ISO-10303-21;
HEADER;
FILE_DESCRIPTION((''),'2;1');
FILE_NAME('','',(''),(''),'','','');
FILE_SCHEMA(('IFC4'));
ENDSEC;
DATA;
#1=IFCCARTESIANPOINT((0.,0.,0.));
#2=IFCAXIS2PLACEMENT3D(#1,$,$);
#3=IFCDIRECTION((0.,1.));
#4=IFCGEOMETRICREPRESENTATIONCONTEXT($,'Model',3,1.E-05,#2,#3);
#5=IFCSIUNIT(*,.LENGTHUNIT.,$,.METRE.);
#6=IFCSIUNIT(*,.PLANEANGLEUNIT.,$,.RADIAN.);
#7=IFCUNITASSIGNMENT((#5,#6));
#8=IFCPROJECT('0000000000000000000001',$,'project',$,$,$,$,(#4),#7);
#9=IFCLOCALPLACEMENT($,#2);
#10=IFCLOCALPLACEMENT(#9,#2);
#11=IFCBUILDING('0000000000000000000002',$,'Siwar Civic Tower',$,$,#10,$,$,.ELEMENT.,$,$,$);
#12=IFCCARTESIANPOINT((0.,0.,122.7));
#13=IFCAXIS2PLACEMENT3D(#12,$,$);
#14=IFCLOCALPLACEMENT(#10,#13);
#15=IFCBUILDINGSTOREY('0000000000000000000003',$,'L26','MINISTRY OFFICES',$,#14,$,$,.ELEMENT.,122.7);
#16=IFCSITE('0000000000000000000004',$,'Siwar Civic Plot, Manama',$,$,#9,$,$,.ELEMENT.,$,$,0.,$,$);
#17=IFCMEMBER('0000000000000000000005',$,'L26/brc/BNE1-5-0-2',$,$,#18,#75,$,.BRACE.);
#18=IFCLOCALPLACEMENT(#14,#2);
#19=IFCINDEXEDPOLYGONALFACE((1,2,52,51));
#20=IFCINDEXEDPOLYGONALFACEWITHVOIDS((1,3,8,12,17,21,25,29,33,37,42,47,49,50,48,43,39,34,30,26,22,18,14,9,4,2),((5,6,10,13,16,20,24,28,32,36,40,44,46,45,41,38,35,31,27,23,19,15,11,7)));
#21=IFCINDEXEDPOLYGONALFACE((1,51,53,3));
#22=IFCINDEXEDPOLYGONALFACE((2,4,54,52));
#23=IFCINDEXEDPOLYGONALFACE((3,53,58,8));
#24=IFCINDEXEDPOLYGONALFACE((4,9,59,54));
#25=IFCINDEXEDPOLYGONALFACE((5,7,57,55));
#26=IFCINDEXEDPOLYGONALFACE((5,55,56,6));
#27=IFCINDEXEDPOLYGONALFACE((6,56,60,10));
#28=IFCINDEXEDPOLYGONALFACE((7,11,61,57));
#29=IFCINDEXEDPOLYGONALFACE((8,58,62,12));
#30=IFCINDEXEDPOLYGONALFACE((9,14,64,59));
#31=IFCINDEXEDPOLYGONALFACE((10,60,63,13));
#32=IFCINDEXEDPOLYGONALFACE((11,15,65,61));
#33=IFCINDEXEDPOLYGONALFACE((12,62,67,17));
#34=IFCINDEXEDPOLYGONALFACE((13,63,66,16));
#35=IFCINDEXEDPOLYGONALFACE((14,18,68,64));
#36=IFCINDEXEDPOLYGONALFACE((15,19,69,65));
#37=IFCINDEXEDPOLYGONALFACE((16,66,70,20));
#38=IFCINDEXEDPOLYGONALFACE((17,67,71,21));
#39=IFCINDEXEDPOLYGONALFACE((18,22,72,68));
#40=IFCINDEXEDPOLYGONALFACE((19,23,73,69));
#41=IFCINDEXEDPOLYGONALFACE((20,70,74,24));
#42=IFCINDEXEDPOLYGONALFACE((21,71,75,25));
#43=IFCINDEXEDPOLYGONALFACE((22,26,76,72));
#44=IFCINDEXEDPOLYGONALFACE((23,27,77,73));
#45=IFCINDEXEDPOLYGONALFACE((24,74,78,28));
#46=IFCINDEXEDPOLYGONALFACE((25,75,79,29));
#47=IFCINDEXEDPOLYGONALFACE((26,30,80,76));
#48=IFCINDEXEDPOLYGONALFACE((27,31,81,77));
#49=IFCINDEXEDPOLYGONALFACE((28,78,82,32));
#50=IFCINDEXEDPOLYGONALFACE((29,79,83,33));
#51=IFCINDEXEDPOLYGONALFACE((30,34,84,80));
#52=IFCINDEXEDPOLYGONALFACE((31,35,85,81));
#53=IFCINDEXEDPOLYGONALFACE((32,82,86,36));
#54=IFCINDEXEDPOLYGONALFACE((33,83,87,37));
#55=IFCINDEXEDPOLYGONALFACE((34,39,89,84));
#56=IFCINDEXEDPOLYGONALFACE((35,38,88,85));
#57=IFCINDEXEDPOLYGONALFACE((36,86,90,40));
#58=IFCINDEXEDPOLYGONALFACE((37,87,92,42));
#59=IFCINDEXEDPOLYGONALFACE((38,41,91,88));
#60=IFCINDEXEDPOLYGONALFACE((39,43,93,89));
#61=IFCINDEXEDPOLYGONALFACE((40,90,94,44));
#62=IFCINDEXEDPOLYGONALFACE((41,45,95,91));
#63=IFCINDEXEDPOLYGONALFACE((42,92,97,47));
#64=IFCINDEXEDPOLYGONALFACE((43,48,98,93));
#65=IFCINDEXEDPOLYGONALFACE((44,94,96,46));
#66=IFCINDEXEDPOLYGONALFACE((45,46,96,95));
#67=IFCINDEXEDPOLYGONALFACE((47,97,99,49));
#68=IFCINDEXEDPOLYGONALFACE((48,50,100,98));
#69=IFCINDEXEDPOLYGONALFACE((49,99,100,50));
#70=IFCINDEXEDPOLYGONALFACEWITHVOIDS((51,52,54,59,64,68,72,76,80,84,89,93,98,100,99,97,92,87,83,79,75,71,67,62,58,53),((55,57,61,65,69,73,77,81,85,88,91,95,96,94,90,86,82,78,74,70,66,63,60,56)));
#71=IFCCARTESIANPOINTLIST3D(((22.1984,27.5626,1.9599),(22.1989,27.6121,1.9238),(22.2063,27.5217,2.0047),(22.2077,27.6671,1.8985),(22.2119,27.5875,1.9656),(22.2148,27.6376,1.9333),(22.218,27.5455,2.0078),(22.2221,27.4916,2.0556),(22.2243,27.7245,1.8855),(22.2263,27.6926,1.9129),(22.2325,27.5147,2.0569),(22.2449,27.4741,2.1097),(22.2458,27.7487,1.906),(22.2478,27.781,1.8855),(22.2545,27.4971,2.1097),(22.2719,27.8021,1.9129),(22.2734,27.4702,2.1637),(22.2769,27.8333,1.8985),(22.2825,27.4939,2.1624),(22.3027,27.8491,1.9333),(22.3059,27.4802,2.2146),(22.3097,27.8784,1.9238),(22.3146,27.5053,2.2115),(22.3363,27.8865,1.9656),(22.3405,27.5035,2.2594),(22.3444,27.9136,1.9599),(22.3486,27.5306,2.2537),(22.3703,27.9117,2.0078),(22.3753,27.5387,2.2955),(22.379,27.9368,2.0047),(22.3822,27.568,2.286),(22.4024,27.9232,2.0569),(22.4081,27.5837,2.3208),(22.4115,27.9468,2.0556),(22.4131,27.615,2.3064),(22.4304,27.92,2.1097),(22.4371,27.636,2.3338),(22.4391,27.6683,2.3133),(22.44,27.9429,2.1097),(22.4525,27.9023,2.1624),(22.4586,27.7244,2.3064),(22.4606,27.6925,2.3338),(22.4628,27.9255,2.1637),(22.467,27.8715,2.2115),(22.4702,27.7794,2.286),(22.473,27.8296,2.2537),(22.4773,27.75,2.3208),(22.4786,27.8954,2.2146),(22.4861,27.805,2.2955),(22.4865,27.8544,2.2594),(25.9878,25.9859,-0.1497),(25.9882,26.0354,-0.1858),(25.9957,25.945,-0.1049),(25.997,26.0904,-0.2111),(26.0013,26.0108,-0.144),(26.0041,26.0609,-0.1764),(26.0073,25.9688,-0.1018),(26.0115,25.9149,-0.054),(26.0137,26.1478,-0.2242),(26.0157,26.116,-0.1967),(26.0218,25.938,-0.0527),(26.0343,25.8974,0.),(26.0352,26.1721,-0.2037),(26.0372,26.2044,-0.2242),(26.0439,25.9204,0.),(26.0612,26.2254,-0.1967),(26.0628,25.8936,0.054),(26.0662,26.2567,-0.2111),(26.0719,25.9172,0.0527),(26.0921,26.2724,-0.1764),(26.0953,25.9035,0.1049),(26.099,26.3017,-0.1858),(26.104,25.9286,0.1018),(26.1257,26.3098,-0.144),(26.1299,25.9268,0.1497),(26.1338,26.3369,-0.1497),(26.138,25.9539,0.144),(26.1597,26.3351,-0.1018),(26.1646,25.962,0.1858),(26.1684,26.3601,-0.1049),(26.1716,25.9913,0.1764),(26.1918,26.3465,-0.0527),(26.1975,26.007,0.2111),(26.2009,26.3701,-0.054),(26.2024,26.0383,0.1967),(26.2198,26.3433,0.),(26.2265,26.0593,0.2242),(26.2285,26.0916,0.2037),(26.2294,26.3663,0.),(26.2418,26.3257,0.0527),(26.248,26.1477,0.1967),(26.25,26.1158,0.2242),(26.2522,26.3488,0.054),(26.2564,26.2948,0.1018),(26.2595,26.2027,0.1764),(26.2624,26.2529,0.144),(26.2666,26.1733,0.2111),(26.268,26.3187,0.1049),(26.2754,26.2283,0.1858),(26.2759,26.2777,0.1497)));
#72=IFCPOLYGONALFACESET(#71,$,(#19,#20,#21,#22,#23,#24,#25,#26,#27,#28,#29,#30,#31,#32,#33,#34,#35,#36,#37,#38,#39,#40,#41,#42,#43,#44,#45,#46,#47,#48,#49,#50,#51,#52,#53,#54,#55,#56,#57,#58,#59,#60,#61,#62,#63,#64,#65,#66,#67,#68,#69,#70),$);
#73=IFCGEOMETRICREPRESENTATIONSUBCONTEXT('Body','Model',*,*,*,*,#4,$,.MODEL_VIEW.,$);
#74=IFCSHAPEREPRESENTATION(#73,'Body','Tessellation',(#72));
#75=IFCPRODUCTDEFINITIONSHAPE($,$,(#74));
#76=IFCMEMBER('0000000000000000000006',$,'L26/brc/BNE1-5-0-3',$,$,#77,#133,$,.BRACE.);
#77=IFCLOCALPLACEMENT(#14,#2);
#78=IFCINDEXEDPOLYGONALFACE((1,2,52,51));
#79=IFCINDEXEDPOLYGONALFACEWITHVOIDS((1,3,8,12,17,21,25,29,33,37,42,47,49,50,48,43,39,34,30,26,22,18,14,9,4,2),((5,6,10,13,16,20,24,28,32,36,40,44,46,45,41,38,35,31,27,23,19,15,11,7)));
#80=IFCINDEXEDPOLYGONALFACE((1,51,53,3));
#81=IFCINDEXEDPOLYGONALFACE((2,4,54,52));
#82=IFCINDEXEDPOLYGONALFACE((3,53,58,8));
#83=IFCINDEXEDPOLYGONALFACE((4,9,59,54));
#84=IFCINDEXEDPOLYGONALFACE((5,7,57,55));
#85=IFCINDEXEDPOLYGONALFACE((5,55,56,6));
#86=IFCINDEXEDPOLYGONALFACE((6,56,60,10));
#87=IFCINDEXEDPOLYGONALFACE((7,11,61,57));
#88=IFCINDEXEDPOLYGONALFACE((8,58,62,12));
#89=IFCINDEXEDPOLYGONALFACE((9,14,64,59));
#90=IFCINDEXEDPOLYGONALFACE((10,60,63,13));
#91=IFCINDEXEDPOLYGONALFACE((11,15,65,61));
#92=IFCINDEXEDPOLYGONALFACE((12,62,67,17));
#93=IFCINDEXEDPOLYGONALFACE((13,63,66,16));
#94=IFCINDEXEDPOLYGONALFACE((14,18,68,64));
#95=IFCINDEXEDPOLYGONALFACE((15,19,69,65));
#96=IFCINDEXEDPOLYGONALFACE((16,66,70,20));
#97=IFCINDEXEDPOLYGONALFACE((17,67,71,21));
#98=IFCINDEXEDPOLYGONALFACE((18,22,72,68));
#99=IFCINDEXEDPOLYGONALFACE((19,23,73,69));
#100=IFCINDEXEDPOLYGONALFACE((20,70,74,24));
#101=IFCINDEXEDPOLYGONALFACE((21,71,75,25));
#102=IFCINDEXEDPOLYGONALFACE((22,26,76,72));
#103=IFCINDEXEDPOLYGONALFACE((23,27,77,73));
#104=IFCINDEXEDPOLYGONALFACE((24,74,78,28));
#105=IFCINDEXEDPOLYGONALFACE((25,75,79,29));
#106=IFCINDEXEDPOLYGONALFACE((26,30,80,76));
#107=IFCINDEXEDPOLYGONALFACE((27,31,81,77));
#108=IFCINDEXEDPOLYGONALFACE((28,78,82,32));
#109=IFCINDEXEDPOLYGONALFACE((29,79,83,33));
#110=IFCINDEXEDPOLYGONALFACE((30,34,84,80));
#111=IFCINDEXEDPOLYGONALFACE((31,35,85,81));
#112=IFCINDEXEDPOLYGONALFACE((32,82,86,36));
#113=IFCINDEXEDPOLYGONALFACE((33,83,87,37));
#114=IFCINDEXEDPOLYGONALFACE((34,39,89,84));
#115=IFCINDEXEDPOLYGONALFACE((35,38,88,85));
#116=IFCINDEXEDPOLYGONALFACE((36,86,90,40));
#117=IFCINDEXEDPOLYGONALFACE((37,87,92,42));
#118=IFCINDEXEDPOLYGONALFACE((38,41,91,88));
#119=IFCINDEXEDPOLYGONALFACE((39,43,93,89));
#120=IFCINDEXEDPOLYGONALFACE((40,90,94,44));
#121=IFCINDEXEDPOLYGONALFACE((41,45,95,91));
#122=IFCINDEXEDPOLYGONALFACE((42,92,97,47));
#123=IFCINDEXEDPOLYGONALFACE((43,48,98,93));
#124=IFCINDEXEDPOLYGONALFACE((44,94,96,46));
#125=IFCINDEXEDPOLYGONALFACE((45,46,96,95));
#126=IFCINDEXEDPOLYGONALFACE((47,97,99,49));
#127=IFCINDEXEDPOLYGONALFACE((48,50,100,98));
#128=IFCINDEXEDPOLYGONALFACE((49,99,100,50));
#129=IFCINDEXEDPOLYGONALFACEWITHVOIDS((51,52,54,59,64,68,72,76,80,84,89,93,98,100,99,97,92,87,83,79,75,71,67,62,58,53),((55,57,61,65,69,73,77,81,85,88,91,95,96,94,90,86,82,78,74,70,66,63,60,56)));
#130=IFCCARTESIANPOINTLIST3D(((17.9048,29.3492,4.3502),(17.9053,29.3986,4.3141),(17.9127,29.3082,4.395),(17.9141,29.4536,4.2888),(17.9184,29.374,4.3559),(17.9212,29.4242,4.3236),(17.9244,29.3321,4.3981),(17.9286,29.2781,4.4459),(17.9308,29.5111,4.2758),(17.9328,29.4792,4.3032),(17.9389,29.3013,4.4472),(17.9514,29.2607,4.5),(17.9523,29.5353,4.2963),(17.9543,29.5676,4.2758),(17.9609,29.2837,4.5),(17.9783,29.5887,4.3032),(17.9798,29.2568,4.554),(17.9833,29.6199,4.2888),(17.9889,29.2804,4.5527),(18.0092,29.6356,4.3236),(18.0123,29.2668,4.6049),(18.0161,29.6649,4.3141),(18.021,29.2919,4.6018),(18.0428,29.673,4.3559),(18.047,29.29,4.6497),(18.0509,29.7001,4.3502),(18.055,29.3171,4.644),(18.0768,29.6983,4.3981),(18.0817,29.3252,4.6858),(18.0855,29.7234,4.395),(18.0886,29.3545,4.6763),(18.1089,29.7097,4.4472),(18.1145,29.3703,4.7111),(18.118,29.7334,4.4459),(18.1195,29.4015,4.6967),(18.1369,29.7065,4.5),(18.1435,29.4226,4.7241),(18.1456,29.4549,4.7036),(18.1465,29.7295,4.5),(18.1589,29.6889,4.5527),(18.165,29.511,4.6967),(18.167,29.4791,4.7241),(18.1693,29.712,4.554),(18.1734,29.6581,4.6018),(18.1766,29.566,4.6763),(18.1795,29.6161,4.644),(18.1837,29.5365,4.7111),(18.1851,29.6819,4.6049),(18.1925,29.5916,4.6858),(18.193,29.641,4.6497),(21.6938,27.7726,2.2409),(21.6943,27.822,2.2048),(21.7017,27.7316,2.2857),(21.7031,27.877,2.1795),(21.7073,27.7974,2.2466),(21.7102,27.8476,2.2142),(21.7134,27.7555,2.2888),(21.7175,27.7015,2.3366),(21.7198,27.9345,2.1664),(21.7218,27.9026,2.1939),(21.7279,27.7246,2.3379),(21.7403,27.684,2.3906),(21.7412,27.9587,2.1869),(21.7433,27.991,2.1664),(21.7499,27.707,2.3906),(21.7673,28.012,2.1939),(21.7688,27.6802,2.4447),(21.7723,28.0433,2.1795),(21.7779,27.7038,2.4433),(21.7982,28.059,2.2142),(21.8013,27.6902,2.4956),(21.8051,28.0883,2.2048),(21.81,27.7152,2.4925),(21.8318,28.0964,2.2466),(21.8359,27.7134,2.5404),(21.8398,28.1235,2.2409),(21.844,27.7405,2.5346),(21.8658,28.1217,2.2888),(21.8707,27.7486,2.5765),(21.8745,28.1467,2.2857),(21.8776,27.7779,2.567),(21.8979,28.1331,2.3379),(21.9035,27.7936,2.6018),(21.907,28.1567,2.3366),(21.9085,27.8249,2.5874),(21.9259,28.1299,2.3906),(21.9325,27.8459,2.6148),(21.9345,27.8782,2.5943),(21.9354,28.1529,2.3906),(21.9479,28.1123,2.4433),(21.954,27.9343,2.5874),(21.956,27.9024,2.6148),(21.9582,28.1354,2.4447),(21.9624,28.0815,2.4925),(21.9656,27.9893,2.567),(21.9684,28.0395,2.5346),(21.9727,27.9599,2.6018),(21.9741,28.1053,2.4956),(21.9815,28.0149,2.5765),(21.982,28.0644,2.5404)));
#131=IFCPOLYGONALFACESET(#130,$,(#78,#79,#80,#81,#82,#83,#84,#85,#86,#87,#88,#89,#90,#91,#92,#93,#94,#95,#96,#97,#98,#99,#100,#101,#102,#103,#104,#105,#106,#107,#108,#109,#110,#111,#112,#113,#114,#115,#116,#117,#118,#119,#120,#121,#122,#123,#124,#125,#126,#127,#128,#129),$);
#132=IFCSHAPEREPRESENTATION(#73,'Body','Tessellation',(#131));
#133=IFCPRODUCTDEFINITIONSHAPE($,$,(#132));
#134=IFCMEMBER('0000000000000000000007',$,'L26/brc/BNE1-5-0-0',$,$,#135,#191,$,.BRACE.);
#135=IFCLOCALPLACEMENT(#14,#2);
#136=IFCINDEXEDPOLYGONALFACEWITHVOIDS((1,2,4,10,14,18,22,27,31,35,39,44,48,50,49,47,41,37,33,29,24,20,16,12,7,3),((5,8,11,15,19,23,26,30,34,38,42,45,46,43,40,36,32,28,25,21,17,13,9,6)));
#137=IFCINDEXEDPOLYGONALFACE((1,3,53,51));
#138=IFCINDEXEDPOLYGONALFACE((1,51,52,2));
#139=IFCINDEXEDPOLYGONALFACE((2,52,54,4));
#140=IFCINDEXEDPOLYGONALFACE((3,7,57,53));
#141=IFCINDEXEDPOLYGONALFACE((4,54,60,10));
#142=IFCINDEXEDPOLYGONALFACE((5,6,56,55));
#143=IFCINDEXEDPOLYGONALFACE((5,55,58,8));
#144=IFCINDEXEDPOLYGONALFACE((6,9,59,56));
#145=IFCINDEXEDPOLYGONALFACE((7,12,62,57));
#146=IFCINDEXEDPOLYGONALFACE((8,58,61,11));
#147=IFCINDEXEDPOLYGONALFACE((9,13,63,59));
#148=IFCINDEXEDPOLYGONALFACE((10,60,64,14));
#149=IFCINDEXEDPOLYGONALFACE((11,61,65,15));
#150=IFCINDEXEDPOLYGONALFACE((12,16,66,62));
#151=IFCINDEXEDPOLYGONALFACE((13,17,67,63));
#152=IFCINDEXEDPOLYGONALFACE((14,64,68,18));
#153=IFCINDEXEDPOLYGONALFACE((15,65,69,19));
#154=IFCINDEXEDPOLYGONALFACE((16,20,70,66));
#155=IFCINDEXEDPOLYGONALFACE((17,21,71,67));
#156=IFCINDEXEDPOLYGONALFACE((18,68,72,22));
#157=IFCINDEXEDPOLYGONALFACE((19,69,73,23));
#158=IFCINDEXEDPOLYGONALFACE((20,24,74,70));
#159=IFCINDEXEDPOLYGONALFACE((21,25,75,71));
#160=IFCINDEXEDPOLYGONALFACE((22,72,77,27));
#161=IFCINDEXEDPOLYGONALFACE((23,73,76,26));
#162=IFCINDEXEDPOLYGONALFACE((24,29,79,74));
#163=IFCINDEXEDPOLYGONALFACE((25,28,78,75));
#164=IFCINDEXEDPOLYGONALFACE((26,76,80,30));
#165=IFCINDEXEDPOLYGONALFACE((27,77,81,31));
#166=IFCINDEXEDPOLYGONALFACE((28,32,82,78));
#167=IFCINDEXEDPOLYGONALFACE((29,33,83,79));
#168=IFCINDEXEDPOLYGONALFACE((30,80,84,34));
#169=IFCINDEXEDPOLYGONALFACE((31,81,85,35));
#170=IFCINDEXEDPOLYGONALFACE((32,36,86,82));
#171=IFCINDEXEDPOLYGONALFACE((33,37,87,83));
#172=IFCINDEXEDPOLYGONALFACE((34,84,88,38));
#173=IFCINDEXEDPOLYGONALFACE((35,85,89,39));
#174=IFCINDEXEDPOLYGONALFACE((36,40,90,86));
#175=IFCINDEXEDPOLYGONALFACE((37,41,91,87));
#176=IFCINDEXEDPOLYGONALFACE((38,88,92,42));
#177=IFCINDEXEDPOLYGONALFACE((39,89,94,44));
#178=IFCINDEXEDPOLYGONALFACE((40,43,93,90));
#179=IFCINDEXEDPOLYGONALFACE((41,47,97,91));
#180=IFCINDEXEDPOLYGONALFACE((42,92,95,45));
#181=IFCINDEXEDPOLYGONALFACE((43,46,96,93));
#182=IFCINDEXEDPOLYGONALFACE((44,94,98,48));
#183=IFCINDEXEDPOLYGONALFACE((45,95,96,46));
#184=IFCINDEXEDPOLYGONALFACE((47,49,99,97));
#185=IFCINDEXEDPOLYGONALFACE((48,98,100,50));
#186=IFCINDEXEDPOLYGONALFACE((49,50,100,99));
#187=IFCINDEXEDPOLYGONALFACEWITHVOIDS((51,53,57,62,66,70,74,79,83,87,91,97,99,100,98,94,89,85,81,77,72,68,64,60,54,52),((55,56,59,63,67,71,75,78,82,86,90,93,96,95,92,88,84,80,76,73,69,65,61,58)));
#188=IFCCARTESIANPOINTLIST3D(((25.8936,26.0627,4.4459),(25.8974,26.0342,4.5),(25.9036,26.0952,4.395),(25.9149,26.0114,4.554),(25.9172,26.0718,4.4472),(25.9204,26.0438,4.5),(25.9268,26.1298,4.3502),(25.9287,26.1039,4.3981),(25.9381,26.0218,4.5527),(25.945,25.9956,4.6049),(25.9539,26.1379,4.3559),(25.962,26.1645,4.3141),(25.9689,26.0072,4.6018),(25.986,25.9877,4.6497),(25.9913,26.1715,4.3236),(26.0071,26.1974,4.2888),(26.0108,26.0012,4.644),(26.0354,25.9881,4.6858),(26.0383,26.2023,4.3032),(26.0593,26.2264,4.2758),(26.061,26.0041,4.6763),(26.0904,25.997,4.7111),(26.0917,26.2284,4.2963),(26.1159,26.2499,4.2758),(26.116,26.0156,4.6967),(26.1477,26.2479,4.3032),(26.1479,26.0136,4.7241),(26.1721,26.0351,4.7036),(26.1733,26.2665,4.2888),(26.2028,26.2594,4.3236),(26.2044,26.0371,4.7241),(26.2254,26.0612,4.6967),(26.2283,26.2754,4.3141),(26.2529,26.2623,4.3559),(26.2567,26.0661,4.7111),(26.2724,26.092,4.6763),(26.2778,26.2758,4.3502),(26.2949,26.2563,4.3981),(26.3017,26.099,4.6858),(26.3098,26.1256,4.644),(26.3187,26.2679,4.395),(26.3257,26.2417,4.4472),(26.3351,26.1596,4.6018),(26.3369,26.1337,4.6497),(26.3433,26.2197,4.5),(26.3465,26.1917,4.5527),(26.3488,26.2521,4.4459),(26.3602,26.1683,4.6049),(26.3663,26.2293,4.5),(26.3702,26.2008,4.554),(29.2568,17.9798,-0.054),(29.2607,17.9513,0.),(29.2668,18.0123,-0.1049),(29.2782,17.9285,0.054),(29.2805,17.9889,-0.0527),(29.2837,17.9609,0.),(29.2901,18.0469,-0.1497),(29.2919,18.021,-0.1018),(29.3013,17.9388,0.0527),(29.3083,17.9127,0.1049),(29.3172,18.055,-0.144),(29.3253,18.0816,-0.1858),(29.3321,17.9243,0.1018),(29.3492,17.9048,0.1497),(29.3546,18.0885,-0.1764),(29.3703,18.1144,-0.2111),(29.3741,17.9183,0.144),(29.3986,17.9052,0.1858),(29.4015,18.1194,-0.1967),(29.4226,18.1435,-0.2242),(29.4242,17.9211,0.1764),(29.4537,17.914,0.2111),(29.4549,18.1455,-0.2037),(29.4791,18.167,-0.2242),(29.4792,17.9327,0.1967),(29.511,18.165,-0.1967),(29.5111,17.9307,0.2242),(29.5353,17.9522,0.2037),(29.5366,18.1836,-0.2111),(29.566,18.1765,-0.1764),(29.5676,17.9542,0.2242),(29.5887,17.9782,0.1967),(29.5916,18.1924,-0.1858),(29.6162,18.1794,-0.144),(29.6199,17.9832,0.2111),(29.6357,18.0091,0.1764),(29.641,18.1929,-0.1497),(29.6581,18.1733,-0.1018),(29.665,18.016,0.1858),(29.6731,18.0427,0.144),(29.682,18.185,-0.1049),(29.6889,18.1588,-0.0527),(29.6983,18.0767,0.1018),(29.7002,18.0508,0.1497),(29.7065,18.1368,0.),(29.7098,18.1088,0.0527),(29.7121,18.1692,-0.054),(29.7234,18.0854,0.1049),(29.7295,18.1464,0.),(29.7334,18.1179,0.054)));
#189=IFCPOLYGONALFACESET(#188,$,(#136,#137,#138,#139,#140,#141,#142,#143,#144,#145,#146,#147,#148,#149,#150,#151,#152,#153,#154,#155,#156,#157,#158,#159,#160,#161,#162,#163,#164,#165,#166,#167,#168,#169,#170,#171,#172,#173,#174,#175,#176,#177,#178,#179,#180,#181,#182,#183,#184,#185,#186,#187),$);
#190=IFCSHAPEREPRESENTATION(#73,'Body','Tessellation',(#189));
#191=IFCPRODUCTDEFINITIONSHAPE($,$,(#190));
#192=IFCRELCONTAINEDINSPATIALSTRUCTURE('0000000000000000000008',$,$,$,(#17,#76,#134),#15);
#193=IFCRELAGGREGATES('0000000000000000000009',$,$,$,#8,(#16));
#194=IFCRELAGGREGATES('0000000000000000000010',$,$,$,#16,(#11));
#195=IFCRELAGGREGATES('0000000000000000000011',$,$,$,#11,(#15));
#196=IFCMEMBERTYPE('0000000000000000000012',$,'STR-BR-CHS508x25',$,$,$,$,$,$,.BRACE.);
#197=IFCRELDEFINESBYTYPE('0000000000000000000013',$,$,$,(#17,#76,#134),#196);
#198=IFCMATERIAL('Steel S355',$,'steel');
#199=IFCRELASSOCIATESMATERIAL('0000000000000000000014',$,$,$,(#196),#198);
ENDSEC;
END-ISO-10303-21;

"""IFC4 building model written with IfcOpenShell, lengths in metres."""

from ifc_helpers import new_model, si_unit, direction, frame, origin, origin_2d, place, context, subcontext, project, spatial, hollow_circle, extrude, material, material_profile, profile_set, type_object, element, save


model = new_model("IFC4")

# Units and contexts
model_context = context("Model", 3, precision=1e-05, world=origin(), true_north=direction((0.0, 1.0)))
body_context = subcontext(model_context, "Body", "Model", "MODEL_VIEW")
ifc_project = project(units=[si_unit("LENGTHUNIT", "METRE"), si_unit("PLANEANGLEUNIT", "RADIAN")], contexts=[model_context])

# Site, building, storey
site_placement = place(None, origin())
site = spatial("IfcSite", under=ifc_project, at=site_placement, Name="Siwar Civic Plot, Manama", CompositionType="ELEMENT", RefElevation=0.0)
building_placement = place(site_placement, origin())
building = spatial("IfcBuilding", under=site, at=building_placement, Name="Siwar Civic Tower", CompositionType="ELEMENT")
storey_placement = place(building_placement, frame((0.0, 0.0, 122.7)))
storey = spatial("IfcBuildingStorey", under=building, at=storey_placement, Name="L26", Description="MINISTRY OFFICES", CompositionType="ELEMENT", Elevation=122.7)

# Members
ifc_material_1 = material(Name="Steel S355", Category="steel")
ifc_material_profile_1 = material_profile(ifc_material_1, hollow_circle(Radius=0.2539, WallThickness=0.0249, at=origin_2d()), Name="CHS508x25")
ifc_profile_set_1 = profile_set([ifc_material_profile_1], Name="Steel S355")
member_type_1 = type_object("IfcMemberType", Name="STR-BR-CHS508x25", PredefinedType="BRACE", material=ifc_profile_set_1)
member_1_placement = place(storey_placement, frame((26.1318, 26.1318, 0.0), z_axis=(-0.821143, 0.341662, 0.457155), x_axis=(-0.384155, -0.923269, 0.0)))
element("IfcMember", 1, at=member_1_placement, inside=storey, type_object=member_type_1, Name="L26/brc/BNE1-5-0-2", PredefinedType="BRACE", context=body_context, shape_type="SweptSolid", body=[
    extrude(hollow_circle(Radius=0.2539, WallThickness=0.0249, at=origin_2d()), origin(), (0.0, 0.0, 1.0), 4.6147),
])
member_2_placement = place(storey_placement, frame((21.8379, 27.9185, 2.3906), z_axis=(-0.821146, 0.341686, 0.457133), x_axis=(-0.384176, -0.92326, 0.0)))
element("IfcMember", 2, at=member_2_placement, inside=storey, type_object=member_type_1, Name="L26/brc/BNE1-5-0-3", PredefinedType="BRACE", context=body_context, shape_type="SweptSolid", body=[
    extrude(hollow_circle(Radius=0.2539, WallThickness=0.0249, at=origin_2d()), origin(), (0.0, 0.0, 1.0), 4.6143),
])
member_3_placement = place(storey_placement, frame((29.4951, 18.0488, 0.0), z_axis=(-0.341671, 0.821143, 0.457149), x_axis=(-0.923265, -0.384164, 0.0)))
element("IfcMember", 3, at=member_3_placement, inside=storey, type_object=member_type_1, Name="L26/brc/BNE1-5-0-0", PredefinedType="BRACE", context=body_context, shape_type="SweptSolid", body=[
    extrude(hollow_circle(Radius=0.2539, WallThickness=0.0249, at=origin_2d()), origin(), (0.0, 0.0, 1.0), 9.8435),
])

save(model, "model.ifc")
